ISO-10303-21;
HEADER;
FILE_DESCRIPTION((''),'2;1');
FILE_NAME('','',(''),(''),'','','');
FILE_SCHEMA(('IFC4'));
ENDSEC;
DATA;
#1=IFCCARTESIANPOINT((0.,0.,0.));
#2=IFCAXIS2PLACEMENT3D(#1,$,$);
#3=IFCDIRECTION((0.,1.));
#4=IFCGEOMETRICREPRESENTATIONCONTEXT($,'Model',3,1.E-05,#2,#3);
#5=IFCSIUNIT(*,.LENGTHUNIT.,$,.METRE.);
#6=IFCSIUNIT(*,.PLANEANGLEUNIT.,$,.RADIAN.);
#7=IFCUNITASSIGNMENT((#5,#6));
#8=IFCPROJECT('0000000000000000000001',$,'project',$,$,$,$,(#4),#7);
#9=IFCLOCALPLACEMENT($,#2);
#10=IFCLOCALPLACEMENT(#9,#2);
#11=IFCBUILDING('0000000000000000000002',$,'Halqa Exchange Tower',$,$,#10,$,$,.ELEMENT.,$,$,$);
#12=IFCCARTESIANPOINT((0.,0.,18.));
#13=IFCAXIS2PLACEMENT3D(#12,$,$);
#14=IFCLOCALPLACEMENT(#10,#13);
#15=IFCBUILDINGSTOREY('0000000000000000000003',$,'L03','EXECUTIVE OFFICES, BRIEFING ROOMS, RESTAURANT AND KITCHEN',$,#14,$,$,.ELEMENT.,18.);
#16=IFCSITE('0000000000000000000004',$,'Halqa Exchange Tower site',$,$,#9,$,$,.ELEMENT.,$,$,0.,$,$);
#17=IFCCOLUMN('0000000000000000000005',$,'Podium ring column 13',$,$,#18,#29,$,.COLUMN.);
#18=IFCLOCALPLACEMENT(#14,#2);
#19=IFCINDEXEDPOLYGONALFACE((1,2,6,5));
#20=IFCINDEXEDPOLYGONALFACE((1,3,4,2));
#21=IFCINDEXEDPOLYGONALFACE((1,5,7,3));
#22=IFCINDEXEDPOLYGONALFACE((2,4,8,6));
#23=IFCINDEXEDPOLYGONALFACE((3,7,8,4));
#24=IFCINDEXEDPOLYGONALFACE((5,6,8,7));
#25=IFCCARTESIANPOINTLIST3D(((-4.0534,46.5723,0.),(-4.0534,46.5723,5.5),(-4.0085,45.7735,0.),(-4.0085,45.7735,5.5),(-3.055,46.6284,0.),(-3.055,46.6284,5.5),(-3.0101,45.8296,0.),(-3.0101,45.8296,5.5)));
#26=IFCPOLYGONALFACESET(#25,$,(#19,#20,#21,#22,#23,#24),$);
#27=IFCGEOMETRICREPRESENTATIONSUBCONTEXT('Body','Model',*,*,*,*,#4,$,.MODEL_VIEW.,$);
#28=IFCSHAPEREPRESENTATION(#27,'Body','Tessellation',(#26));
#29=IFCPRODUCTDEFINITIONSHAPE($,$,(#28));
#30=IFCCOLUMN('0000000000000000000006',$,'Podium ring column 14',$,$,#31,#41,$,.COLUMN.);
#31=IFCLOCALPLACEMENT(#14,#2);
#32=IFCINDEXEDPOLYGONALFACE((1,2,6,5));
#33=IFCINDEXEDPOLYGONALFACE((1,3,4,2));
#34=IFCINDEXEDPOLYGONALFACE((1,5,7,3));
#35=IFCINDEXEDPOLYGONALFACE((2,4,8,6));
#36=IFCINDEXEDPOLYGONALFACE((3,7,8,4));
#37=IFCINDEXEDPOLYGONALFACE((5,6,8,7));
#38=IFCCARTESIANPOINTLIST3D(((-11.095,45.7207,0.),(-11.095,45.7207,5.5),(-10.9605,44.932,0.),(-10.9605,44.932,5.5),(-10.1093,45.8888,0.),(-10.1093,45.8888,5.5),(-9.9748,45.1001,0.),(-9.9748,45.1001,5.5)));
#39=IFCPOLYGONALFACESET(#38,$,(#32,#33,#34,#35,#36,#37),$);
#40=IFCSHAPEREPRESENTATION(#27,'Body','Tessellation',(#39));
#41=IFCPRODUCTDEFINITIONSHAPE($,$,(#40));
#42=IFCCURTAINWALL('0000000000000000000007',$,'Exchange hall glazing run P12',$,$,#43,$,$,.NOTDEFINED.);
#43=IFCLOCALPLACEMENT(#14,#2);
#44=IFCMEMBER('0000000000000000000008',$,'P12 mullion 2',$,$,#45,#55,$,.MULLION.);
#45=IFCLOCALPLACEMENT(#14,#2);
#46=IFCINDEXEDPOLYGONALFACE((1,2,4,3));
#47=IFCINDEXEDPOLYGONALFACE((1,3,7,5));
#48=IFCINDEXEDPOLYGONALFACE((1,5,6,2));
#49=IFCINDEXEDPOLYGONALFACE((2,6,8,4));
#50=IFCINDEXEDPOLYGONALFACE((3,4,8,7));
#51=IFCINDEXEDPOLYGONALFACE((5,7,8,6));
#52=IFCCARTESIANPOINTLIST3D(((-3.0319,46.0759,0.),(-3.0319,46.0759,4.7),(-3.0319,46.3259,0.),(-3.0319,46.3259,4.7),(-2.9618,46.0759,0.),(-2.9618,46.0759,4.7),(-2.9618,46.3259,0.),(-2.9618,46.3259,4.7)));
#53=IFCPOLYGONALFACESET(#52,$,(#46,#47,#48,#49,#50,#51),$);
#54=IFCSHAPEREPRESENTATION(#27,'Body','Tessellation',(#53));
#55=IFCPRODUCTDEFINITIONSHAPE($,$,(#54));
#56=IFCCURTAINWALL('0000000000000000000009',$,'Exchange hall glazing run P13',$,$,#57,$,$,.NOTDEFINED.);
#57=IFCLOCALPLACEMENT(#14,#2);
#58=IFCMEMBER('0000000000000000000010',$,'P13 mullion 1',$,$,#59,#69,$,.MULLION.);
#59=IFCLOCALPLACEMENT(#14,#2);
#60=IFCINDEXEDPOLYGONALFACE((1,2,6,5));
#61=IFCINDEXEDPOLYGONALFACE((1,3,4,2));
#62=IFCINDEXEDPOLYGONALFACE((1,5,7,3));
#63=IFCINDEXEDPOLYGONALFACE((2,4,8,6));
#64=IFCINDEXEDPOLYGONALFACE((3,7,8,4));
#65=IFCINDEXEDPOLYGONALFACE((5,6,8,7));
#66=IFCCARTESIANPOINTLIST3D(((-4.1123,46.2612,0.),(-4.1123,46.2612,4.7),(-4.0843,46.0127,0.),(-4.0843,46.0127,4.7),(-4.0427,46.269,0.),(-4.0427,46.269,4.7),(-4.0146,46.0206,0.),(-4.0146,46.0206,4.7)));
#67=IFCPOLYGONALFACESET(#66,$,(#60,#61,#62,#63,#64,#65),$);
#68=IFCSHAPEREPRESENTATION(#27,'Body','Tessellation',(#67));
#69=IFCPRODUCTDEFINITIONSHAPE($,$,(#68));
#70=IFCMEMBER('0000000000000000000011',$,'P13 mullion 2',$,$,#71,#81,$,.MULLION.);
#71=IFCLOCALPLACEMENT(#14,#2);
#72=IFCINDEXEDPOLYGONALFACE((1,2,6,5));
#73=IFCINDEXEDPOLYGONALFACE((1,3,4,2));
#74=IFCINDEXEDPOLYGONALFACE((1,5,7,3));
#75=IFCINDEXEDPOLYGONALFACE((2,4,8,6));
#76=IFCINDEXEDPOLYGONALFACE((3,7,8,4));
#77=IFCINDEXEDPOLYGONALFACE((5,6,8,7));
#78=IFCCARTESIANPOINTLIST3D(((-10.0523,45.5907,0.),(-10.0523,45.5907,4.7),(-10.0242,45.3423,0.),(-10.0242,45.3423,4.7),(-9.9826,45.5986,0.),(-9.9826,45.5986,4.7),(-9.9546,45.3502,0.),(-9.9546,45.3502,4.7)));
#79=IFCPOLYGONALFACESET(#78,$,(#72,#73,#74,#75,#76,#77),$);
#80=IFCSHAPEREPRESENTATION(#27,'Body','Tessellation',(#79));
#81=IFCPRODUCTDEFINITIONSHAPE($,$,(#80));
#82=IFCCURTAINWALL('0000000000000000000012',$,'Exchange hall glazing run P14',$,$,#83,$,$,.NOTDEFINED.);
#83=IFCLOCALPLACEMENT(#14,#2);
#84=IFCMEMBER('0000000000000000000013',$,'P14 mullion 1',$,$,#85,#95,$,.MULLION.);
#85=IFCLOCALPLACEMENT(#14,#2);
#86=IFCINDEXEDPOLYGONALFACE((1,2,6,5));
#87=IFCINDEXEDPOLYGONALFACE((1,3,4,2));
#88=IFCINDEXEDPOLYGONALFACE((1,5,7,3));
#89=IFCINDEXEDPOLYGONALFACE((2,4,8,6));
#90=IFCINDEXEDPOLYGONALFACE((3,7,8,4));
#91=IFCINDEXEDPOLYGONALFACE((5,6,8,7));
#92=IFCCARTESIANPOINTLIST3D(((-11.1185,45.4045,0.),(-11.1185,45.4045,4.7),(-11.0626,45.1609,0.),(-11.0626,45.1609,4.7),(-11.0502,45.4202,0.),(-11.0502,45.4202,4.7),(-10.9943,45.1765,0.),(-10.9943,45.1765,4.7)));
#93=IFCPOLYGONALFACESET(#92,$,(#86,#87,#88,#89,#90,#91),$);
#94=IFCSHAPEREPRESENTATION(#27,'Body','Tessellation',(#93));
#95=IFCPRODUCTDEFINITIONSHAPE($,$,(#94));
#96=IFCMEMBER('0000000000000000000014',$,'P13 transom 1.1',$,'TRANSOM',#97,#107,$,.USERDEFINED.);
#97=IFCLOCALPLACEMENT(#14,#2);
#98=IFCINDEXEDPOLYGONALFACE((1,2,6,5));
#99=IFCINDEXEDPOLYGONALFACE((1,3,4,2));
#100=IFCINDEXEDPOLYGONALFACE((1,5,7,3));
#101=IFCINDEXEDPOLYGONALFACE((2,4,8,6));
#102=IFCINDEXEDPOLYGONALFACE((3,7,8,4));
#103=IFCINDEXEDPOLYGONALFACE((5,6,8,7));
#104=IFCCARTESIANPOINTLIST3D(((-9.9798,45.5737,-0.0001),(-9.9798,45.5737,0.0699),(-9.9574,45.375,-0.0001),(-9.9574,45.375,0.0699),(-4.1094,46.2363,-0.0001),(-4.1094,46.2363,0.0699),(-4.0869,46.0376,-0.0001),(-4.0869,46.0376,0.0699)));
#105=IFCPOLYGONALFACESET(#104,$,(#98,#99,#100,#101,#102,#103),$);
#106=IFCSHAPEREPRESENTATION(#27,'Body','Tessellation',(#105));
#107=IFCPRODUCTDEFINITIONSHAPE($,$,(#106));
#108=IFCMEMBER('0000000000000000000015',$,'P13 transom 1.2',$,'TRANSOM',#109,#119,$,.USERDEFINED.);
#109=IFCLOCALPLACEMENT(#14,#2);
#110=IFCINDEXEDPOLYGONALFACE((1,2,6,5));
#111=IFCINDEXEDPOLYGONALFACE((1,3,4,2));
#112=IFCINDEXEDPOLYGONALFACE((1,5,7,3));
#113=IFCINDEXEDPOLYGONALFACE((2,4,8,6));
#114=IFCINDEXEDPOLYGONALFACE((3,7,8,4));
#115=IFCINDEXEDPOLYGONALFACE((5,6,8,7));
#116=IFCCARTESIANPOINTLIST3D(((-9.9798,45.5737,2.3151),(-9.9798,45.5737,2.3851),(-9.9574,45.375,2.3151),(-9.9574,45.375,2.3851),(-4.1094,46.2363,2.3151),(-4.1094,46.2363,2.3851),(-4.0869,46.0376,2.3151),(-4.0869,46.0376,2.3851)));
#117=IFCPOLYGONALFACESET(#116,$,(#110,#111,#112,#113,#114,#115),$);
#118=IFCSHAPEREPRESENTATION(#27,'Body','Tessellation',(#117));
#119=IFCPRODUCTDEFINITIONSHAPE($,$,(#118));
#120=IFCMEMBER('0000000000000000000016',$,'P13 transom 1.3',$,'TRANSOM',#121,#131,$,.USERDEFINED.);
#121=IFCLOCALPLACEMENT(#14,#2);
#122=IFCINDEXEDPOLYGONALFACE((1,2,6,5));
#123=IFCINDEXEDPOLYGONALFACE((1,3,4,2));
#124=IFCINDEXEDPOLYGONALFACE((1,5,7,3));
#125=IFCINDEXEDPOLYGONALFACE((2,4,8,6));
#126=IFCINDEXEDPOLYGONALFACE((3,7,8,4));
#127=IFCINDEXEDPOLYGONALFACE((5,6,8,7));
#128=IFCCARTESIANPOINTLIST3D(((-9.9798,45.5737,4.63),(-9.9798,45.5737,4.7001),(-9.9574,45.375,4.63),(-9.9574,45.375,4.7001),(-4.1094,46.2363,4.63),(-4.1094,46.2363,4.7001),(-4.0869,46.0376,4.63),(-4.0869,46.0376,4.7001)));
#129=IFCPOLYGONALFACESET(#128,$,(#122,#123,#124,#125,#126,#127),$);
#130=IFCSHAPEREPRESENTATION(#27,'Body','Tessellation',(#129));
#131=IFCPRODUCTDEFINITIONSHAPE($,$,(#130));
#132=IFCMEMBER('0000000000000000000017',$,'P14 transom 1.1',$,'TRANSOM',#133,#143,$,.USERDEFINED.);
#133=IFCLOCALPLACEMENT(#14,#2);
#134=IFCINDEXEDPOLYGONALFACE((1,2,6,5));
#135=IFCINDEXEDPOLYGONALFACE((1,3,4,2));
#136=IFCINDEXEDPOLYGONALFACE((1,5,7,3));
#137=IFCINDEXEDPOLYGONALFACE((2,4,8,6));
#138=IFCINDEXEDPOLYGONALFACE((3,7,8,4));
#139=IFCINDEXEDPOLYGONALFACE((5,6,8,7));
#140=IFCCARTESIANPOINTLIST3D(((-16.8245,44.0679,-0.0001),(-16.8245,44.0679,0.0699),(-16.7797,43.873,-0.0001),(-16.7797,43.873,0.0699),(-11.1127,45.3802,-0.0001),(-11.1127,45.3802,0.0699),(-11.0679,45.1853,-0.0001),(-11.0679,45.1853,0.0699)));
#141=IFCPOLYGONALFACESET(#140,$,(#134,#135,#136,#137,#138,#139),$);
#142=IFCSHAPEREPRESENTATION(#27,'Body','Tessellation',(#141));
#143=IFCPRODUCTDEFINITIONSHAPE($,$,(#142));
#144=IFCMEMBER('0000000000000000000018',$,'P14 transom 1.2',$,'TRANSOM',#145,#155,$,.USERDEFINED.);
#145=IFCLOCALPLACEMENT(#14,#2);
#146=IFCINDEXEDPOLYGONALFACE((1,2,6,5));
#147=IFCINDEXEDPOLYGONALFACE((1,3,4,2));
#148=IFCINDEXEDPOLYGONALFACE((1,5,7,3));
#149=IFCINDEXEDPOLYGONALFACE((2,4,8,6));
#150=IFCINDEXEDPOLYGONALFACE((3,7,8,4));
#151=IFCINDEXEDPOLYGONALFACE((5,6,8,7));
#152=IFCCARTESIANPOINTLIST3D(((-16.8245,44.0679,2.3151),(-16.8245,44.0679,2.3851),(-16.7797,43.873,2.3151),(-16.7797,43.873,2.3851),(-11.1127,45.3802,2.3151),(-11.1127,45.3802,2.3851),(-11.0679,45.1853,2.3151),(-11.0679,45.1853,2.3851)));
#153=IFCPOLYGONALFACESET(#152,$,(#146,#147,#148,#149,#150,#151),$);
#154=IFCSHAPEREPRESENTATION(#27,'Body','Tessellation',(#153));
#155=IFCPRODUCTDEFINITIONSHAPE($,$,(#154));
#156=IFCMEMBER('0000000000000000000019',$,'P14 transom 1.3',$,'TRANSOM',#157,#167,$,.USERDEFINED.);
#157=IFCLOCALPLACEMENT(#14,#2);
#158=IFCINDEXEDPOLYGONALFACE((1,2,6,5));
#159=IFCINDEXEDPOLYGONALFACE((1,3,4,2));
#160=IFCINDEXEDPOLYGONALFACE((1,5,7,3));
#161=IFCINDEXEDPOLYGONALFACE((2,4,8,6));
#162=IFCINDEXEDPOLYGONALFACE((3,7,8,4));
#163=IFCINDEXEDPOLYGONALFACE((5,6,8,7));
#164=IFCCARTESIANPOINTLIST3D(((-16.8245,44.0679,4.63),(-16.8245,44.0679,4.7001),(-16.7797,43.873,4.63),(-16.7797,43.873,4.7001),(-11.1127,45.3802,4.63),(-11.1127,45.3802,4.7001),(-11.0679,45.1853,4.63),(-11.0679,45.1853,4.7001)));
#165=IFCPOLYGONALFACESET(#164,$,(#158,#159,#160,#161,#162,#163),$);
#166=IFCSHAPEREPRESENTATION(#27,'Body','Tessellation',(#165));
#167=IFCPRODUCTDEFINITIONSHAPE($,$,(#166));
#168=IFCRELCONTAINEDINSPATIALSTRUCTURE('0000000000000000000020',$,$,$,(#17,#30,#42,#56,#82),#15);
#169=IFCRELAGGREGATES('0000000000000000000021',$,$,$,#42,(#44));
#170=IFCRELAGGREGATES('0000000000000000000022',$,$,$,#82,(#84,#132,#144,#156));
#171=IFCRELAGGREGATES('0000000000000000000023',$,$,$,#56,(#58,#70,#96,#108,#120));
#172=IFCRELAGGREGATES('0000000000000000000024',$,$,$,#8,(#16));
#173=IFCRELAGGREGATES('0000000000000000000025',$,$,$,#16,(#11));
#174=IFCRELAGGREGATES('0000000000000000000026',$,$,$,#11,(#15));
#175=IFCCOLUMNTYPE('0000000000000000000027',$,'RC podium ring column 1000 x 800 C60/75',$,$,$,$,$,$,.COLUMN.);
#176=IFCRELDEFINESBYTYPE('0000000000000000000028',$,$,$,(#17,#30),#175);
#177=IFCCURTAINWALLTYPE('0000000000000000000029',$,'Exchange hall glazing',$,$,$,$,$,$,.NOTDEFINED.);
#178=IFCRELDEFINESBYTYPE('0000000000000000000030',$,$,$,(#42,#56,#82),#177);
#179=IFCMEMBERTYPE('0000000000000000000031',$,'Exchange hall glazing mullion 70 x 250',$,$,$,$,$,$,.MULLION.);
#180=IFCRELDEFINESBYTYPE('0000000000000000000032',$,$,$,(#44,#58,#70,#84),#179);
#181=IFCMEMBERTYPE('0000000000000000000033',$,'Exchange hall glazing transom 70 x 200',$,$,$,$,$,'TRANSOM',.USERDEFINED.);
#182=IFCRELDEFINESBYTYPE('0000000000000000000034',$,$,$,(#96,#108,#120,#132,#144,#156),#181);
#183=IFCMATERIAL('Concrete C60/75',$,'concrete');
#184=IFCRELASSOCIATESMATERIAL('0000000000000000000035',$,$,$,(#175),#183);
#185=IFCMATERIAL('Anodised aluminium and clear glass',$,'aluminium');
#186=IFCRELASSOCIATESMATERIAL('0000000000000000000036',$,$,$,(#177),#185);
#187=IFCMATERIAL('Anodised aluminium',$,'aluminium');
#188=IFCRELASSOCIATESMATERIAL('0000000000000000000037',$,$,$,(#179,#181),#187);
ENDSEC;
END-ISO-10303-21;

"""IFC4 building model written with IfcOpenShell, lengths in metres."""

from ifc_helpers import new_model, si_unit, direction, frame, origin, origin_2d, place, context, subcontext, project, spatial, rectangle, extrude, material, material_profile, profile_set, type_object, element, aggregate, save


model = new_model("IFC4")

# Units and contexts
model_context = context("Model", 3, precision=1e-05, world=origin(), true_north=direction((0.0, 1.0)))
body_context = subcontext(model_context, "Body", "Model", "MODEL_VIEW")
ifc_project = project(units=[si_unit("LENGTHUNIT", "METRE"), si_unit("PLANEANGLEUNIT", "RADIAN")], contexts=[model_context])

# Site, building, storey
site_placement = place(None, origin())
site = spatial("IfcSite", under=ifc_project, at=site_placement, Name="Halqa Exchange Tower site", CompositionType="ELEMENT", RefElevation=0.0)
building_placement = place(site_placement, origin())
building = spatial("IfcBuilding", under=site, at=building_placement, Name="Halqa Exchange Tower", CompositionType="ELEMENT")
storey_placement = place(building_placement, frame((0.0, 0.0, 18.0)))
storey = spatial("IfcBuildingStorey", under=building, at=storey_placement, Name="L03", Description="EXECUTIVE OFFICES, BRIEFING ROOMS, RESTAURANT AND KITCHEN", CompositionType="ELEMENT", Elevation=18.0)

# Columns
ifc_material_1 = material(Name="Concrete C60/75", Category="concrete")
ifc_material_profile_1 = material_profile(ifc_material_1, rectangle(XDim=1.0, YDim=0.8, at=origin_2d()), Name="1000 x 800")
ifc_profile_set_1 = profile_set([ifc_material_profile_1], Name="Concrete C60/75")
column_type = type_object("IfcColumnType", Name="RC podium ring column 1000 x 800 C60/75", PredefinedType="COLUMN", material=ifc_profile_set_1)
for number, where, z_axis, x_axis, name in (
    (1, (-3.5317, 46.2009, 0.0), (0.0, 0.0, 1.0), (-0.998425, -0.056107, 0.0), "Podium ring column 13"),
    (2, (-10.5349, 45.4104, 0.0), (0.0, 0.0, 1.0), (-0.985766, -0.168121, 0.0), "Podium ring column 14"),
):
    element("IfcColumn", number, at=place(storey_placement, frame(where, z_axis=z_axis, x_axis=x_axis)), inside=storey, type_object=column_type, Name=name, PredefinedType="COLUMN", context=body_context, shape_type="SweptSolid", body=[
        extrude(rectangle(XDim=1.0, YDim=0.8, at=origin_2d()), origin(), (0.0, 0.0, 1.0), 5.5),
    ])

# Curtain wall, member
ifc_material_2 = material(Name="Anodised aluminium and clear glass", Category="aluminium")
curtain_wall_type = type_object("IfcCurtainWallType", Name="Exchange hall glazing", PredefinedType="NOTDEFINED", material=ifc_material_2)
curtain_wall_1_placement = place(storey_placement, origin())
curtain_wall_1 = element("IfcCurtainWall", 3, at=curtain_wall_1_placement, inside=storey, type_object=curtain_wall_type, Name="Exchange hall glazing run P12", PredefinedType="NOTDEFINED")
ifc_material_3 = material(Name="Anodised aluminium", Category="aluminium")
ifc_material_profile_2 = material_profile(ifc_material_3, rectangle(XDim=0.25, YDim=0.0701, at=origin_2d()), Name="AL 70x250")
ifc_profile_set_2 = profile_set([ifc_material_profile_2], Name="Anodised aluminium")
member_type_1 = type_object("IfcMemberType", Name="Exchange hall glazing mullion 70 x 250", PredefinedType="MULLION", material=ifc_profile_set_2)
member_1_placement = place(storey_placement, frame((-2.9968, 46.2009, 0.0), z_axis=(0.0, 0.0, 1.0), x_axis=(0.0, -1.0, 0.0)))
member_1 = element("IfcMember", 4, at=member_1_placement, type_object=member_type_1, Name="P12 mullion 2", PredefinedType="MULLION", context=body_context, shape_type="SweptSolid", body=[
    extrude(rectangle(XDim=0.25, YDim=0.0701, at=origin_2d()), origin(), (0.0, 0.0, 1.0), 4.7),
])
aggregate(curtain_wall_1, [member_1])

# Curtain wall, members
curtain_wall_2_placement = place(storey_placement, origin())
curtain_wall_2 = element("IfcCurtainWall", 5, at=curtain_wall_2_placement, inside=storey, type_object=curtain_wall_type, Name="Exchange hall glazing run P13", PredefinedType="NOTDEFINED")
member_2_placement = place(storey_placement, frame((-4.0635, 46.1409, 0.0), z_axis=(0.0, 0.0, 1.0), x_axis=(0.112159, -0.99369, 0.0)))
member_2 = element("IfcMember", 6, at=member_2_placement, type_object=member_type_1, Name="P13 mullion 1", PredefinedType="MULLION", context=body_context, shape_type="SweptSolid", body=[
    extrude(rectangle(XDim=0.25, YDim=0.0701, at=origin_2d()), origin(), (0.0, 0.0, 1.0), 4.7),
])
member_3_placement = place(storey_placement, frame((-10.0034, 45.4705, 0.0), z_axis=(0.0, 0.0, 1.0), x_axis=(0.112159, -0.99369, 0.0)))
member_3 = element("IfcMember", 7, at=member_3_placement, type_object=member_type_1, Name="P13 mullion 2", PredefinedType="MULLION", context=body_context, shape_type="SweptSolid", body=[
    extrude(rectangle(XDim=0.25, YDim=0.0701, at=origin_2d()), origin(), (0.0, 0.0, 1.0), 4.7),
])

# Curtain wall, member
curtain_wall_3_placement = place(storey_placement, origin())
curtain_wall_3 = element("IfcCurtainWall", 8, at=curtain_wall_3_placement, inside=storey, type_object=curtain_wall_type, Name="Exchange hall glazing run P14", PredefinedType="NOTDEFINED")
member_4_placement = place(storey_placement, frame((-11.0564, 45.2905, 0.0), z_axis=(0.0, 0.0, 1.0), x_axis=(0.223897, -0.974613, 0.0)))
member_4 = element("IfcMember", 9, at=member_4_placement, type_object=member_type_1, Name="P14 mullion 1", PredefinedType="MULLION", context=body_context, shape_type="SweptSolid", body=[
    extrude(rectangle(XDim=0.25, YDim=0.0701, at=origin_2d()), origin(), (0.0, 0.0, 1.0), 4.7),
])

# Members
ifc_material_profile_3 = material_profile(ifc_material_3, rectangle(XDim=0.2, YDim=0.0701, at=origin_2d()), Name="AL 70x200")
ifc_profile_set_3 = profile_set([ifc_material_profile_3], Name="Anodised aluminium")
member_type_2 = type_object("IfcMemberType", Name="Exchange hall glazing transom 70 x 200", ElementType="TRANSOM", PredefinedType="USERDEFINED", material=ifc_profile_set_3)
member_5_placement = place(storey_placement, frame((-4.0981, 46.137, 0.0349), z_axis=(-0.99369, -0.11216, 0.0), x_axis=(0.11216, -0.99369, 0.0)))
member_5 = element("IfcMember", 10, at=member_5_placement, type_object=member_type_2, Name="P13 transom 1.1", ObjectType="TRANSOM", PredefinedType="USERDEFINED", context=body_context, shape_type="SweptSolid", body=[
    extrude(rectangle(XDim=0.2, YDim=0.0701, at=origin_2d()), origin(), (0.0, 0.0, 1.0), 5.9077),
])
member_6_placement = place(storey_placement, frame((-4.0981, 46.137, 2.3501), z_axis=(-0.99369, -0.11216, 0.0), x_axis=(0.11216, -0.99369, 0.0)))
member_6 = element("IfcMember", 11, at=member_6_placement, type_object=member_type_2, Name="P13 transom 1.2", ObjectType="TRANSOM", PredefinedType="USERDEFINED", context=body_context, shape_type="SweptSolid", body=[
    extrude(rectangle(XDim=0.2, YDim=0.0701, at=origin_2d()), origin(), (0.0, 0.0, 1.0), 5.9077),
])
member_7_placement = place(storey_placement, frame((-4.0981, 46.137, 4.665), z_axis=(-0.99369, -0.11216, 0.0), x_axis=(0.11216, -0.99369, 0.0)))
member_7 = element("IfcMember", 12, at=member_7_placement, type_object=member_type_2, Name="P13 transom 1.3", ObjectType="TRANSOM", PredefinedType="USERDEFINED", context=body_context, shape_type="SweptSolid", body=[
    extrude(rectangle(XDim=0.2, YDim=0.0701, at=origin_2d()), origin(), (0.0, 0.0, 1.0), 5.9077),
])
member_8_placement = place(storey_placement, frame((-11.0903, 45.2827, 0.0349), z_axis=(-0.97461, -0.223907, 0.0), x_axis=(0.223907, -0.97461, 0.0)))
member_8 = element("IfcMember", 13, at=member_8_placement, type_object=member_type_2, Name="P14 transom 1.1", ObjectType="TRANSOM", PredefinedType="USERDEFINED", context=body_context, shape_type="SweptSolid", body=[
    extrude(rectangle(XDim=0.2, YDim=0.0701, at=origin_2d()), origin(), (0.0, 0.0, 1.0), 5.8606),
])
member_9_placement = place(storey_placement, frame((-11.0903, 45.2827, 2.3501), z_axis=(-0.97461, -0.223907, 0.0), x_axis=(0.223907, -0.97461, 0.0)))
member_9 = element("IfcMember", 14, at=member_9_placement, type_object=member_type_2, Name="P14 transom 1.2", ObjectType="TRANSOM", PredefinedType="USERDEFINED", context=body_context, shape_type="SweptSolid", body=[
    extrude(rectangle(XDim=0.2, YDim=0.0701, at=origin_2d()), origin(), (0.0, 0.0, 1.0), 5.8606),
])
member_10_placement = place(storey_placement, frame((-11.0903, 45.2827, 4.665), z_axis=(-0.97461, -0.223907, 0.0), x_axis=(0.223907, -0.97461, 0.0)))
member_10 = element("IfcMember", 15, at=member_10_placement, type_object=member_type_2, Name="P14 transom 1.3", ObjectType="TRANSOM", PredefinedType="USERDEFINED", context=body_context, shape_type="SweptSolid", body=[
    extrude(rectangle(XDim=0.2, YDim=0.0701, at=origin_2d()), origin(), (0.0, 0.0, 1.0), 5.8606),
])
aggregate(curtain_wall_3, [member_4, member_8, member_9, member_10])

aggregate(curtain_wall_2, [member_2, member_3, member_5, member_6, member_7])

save(model, "model.ifc")
